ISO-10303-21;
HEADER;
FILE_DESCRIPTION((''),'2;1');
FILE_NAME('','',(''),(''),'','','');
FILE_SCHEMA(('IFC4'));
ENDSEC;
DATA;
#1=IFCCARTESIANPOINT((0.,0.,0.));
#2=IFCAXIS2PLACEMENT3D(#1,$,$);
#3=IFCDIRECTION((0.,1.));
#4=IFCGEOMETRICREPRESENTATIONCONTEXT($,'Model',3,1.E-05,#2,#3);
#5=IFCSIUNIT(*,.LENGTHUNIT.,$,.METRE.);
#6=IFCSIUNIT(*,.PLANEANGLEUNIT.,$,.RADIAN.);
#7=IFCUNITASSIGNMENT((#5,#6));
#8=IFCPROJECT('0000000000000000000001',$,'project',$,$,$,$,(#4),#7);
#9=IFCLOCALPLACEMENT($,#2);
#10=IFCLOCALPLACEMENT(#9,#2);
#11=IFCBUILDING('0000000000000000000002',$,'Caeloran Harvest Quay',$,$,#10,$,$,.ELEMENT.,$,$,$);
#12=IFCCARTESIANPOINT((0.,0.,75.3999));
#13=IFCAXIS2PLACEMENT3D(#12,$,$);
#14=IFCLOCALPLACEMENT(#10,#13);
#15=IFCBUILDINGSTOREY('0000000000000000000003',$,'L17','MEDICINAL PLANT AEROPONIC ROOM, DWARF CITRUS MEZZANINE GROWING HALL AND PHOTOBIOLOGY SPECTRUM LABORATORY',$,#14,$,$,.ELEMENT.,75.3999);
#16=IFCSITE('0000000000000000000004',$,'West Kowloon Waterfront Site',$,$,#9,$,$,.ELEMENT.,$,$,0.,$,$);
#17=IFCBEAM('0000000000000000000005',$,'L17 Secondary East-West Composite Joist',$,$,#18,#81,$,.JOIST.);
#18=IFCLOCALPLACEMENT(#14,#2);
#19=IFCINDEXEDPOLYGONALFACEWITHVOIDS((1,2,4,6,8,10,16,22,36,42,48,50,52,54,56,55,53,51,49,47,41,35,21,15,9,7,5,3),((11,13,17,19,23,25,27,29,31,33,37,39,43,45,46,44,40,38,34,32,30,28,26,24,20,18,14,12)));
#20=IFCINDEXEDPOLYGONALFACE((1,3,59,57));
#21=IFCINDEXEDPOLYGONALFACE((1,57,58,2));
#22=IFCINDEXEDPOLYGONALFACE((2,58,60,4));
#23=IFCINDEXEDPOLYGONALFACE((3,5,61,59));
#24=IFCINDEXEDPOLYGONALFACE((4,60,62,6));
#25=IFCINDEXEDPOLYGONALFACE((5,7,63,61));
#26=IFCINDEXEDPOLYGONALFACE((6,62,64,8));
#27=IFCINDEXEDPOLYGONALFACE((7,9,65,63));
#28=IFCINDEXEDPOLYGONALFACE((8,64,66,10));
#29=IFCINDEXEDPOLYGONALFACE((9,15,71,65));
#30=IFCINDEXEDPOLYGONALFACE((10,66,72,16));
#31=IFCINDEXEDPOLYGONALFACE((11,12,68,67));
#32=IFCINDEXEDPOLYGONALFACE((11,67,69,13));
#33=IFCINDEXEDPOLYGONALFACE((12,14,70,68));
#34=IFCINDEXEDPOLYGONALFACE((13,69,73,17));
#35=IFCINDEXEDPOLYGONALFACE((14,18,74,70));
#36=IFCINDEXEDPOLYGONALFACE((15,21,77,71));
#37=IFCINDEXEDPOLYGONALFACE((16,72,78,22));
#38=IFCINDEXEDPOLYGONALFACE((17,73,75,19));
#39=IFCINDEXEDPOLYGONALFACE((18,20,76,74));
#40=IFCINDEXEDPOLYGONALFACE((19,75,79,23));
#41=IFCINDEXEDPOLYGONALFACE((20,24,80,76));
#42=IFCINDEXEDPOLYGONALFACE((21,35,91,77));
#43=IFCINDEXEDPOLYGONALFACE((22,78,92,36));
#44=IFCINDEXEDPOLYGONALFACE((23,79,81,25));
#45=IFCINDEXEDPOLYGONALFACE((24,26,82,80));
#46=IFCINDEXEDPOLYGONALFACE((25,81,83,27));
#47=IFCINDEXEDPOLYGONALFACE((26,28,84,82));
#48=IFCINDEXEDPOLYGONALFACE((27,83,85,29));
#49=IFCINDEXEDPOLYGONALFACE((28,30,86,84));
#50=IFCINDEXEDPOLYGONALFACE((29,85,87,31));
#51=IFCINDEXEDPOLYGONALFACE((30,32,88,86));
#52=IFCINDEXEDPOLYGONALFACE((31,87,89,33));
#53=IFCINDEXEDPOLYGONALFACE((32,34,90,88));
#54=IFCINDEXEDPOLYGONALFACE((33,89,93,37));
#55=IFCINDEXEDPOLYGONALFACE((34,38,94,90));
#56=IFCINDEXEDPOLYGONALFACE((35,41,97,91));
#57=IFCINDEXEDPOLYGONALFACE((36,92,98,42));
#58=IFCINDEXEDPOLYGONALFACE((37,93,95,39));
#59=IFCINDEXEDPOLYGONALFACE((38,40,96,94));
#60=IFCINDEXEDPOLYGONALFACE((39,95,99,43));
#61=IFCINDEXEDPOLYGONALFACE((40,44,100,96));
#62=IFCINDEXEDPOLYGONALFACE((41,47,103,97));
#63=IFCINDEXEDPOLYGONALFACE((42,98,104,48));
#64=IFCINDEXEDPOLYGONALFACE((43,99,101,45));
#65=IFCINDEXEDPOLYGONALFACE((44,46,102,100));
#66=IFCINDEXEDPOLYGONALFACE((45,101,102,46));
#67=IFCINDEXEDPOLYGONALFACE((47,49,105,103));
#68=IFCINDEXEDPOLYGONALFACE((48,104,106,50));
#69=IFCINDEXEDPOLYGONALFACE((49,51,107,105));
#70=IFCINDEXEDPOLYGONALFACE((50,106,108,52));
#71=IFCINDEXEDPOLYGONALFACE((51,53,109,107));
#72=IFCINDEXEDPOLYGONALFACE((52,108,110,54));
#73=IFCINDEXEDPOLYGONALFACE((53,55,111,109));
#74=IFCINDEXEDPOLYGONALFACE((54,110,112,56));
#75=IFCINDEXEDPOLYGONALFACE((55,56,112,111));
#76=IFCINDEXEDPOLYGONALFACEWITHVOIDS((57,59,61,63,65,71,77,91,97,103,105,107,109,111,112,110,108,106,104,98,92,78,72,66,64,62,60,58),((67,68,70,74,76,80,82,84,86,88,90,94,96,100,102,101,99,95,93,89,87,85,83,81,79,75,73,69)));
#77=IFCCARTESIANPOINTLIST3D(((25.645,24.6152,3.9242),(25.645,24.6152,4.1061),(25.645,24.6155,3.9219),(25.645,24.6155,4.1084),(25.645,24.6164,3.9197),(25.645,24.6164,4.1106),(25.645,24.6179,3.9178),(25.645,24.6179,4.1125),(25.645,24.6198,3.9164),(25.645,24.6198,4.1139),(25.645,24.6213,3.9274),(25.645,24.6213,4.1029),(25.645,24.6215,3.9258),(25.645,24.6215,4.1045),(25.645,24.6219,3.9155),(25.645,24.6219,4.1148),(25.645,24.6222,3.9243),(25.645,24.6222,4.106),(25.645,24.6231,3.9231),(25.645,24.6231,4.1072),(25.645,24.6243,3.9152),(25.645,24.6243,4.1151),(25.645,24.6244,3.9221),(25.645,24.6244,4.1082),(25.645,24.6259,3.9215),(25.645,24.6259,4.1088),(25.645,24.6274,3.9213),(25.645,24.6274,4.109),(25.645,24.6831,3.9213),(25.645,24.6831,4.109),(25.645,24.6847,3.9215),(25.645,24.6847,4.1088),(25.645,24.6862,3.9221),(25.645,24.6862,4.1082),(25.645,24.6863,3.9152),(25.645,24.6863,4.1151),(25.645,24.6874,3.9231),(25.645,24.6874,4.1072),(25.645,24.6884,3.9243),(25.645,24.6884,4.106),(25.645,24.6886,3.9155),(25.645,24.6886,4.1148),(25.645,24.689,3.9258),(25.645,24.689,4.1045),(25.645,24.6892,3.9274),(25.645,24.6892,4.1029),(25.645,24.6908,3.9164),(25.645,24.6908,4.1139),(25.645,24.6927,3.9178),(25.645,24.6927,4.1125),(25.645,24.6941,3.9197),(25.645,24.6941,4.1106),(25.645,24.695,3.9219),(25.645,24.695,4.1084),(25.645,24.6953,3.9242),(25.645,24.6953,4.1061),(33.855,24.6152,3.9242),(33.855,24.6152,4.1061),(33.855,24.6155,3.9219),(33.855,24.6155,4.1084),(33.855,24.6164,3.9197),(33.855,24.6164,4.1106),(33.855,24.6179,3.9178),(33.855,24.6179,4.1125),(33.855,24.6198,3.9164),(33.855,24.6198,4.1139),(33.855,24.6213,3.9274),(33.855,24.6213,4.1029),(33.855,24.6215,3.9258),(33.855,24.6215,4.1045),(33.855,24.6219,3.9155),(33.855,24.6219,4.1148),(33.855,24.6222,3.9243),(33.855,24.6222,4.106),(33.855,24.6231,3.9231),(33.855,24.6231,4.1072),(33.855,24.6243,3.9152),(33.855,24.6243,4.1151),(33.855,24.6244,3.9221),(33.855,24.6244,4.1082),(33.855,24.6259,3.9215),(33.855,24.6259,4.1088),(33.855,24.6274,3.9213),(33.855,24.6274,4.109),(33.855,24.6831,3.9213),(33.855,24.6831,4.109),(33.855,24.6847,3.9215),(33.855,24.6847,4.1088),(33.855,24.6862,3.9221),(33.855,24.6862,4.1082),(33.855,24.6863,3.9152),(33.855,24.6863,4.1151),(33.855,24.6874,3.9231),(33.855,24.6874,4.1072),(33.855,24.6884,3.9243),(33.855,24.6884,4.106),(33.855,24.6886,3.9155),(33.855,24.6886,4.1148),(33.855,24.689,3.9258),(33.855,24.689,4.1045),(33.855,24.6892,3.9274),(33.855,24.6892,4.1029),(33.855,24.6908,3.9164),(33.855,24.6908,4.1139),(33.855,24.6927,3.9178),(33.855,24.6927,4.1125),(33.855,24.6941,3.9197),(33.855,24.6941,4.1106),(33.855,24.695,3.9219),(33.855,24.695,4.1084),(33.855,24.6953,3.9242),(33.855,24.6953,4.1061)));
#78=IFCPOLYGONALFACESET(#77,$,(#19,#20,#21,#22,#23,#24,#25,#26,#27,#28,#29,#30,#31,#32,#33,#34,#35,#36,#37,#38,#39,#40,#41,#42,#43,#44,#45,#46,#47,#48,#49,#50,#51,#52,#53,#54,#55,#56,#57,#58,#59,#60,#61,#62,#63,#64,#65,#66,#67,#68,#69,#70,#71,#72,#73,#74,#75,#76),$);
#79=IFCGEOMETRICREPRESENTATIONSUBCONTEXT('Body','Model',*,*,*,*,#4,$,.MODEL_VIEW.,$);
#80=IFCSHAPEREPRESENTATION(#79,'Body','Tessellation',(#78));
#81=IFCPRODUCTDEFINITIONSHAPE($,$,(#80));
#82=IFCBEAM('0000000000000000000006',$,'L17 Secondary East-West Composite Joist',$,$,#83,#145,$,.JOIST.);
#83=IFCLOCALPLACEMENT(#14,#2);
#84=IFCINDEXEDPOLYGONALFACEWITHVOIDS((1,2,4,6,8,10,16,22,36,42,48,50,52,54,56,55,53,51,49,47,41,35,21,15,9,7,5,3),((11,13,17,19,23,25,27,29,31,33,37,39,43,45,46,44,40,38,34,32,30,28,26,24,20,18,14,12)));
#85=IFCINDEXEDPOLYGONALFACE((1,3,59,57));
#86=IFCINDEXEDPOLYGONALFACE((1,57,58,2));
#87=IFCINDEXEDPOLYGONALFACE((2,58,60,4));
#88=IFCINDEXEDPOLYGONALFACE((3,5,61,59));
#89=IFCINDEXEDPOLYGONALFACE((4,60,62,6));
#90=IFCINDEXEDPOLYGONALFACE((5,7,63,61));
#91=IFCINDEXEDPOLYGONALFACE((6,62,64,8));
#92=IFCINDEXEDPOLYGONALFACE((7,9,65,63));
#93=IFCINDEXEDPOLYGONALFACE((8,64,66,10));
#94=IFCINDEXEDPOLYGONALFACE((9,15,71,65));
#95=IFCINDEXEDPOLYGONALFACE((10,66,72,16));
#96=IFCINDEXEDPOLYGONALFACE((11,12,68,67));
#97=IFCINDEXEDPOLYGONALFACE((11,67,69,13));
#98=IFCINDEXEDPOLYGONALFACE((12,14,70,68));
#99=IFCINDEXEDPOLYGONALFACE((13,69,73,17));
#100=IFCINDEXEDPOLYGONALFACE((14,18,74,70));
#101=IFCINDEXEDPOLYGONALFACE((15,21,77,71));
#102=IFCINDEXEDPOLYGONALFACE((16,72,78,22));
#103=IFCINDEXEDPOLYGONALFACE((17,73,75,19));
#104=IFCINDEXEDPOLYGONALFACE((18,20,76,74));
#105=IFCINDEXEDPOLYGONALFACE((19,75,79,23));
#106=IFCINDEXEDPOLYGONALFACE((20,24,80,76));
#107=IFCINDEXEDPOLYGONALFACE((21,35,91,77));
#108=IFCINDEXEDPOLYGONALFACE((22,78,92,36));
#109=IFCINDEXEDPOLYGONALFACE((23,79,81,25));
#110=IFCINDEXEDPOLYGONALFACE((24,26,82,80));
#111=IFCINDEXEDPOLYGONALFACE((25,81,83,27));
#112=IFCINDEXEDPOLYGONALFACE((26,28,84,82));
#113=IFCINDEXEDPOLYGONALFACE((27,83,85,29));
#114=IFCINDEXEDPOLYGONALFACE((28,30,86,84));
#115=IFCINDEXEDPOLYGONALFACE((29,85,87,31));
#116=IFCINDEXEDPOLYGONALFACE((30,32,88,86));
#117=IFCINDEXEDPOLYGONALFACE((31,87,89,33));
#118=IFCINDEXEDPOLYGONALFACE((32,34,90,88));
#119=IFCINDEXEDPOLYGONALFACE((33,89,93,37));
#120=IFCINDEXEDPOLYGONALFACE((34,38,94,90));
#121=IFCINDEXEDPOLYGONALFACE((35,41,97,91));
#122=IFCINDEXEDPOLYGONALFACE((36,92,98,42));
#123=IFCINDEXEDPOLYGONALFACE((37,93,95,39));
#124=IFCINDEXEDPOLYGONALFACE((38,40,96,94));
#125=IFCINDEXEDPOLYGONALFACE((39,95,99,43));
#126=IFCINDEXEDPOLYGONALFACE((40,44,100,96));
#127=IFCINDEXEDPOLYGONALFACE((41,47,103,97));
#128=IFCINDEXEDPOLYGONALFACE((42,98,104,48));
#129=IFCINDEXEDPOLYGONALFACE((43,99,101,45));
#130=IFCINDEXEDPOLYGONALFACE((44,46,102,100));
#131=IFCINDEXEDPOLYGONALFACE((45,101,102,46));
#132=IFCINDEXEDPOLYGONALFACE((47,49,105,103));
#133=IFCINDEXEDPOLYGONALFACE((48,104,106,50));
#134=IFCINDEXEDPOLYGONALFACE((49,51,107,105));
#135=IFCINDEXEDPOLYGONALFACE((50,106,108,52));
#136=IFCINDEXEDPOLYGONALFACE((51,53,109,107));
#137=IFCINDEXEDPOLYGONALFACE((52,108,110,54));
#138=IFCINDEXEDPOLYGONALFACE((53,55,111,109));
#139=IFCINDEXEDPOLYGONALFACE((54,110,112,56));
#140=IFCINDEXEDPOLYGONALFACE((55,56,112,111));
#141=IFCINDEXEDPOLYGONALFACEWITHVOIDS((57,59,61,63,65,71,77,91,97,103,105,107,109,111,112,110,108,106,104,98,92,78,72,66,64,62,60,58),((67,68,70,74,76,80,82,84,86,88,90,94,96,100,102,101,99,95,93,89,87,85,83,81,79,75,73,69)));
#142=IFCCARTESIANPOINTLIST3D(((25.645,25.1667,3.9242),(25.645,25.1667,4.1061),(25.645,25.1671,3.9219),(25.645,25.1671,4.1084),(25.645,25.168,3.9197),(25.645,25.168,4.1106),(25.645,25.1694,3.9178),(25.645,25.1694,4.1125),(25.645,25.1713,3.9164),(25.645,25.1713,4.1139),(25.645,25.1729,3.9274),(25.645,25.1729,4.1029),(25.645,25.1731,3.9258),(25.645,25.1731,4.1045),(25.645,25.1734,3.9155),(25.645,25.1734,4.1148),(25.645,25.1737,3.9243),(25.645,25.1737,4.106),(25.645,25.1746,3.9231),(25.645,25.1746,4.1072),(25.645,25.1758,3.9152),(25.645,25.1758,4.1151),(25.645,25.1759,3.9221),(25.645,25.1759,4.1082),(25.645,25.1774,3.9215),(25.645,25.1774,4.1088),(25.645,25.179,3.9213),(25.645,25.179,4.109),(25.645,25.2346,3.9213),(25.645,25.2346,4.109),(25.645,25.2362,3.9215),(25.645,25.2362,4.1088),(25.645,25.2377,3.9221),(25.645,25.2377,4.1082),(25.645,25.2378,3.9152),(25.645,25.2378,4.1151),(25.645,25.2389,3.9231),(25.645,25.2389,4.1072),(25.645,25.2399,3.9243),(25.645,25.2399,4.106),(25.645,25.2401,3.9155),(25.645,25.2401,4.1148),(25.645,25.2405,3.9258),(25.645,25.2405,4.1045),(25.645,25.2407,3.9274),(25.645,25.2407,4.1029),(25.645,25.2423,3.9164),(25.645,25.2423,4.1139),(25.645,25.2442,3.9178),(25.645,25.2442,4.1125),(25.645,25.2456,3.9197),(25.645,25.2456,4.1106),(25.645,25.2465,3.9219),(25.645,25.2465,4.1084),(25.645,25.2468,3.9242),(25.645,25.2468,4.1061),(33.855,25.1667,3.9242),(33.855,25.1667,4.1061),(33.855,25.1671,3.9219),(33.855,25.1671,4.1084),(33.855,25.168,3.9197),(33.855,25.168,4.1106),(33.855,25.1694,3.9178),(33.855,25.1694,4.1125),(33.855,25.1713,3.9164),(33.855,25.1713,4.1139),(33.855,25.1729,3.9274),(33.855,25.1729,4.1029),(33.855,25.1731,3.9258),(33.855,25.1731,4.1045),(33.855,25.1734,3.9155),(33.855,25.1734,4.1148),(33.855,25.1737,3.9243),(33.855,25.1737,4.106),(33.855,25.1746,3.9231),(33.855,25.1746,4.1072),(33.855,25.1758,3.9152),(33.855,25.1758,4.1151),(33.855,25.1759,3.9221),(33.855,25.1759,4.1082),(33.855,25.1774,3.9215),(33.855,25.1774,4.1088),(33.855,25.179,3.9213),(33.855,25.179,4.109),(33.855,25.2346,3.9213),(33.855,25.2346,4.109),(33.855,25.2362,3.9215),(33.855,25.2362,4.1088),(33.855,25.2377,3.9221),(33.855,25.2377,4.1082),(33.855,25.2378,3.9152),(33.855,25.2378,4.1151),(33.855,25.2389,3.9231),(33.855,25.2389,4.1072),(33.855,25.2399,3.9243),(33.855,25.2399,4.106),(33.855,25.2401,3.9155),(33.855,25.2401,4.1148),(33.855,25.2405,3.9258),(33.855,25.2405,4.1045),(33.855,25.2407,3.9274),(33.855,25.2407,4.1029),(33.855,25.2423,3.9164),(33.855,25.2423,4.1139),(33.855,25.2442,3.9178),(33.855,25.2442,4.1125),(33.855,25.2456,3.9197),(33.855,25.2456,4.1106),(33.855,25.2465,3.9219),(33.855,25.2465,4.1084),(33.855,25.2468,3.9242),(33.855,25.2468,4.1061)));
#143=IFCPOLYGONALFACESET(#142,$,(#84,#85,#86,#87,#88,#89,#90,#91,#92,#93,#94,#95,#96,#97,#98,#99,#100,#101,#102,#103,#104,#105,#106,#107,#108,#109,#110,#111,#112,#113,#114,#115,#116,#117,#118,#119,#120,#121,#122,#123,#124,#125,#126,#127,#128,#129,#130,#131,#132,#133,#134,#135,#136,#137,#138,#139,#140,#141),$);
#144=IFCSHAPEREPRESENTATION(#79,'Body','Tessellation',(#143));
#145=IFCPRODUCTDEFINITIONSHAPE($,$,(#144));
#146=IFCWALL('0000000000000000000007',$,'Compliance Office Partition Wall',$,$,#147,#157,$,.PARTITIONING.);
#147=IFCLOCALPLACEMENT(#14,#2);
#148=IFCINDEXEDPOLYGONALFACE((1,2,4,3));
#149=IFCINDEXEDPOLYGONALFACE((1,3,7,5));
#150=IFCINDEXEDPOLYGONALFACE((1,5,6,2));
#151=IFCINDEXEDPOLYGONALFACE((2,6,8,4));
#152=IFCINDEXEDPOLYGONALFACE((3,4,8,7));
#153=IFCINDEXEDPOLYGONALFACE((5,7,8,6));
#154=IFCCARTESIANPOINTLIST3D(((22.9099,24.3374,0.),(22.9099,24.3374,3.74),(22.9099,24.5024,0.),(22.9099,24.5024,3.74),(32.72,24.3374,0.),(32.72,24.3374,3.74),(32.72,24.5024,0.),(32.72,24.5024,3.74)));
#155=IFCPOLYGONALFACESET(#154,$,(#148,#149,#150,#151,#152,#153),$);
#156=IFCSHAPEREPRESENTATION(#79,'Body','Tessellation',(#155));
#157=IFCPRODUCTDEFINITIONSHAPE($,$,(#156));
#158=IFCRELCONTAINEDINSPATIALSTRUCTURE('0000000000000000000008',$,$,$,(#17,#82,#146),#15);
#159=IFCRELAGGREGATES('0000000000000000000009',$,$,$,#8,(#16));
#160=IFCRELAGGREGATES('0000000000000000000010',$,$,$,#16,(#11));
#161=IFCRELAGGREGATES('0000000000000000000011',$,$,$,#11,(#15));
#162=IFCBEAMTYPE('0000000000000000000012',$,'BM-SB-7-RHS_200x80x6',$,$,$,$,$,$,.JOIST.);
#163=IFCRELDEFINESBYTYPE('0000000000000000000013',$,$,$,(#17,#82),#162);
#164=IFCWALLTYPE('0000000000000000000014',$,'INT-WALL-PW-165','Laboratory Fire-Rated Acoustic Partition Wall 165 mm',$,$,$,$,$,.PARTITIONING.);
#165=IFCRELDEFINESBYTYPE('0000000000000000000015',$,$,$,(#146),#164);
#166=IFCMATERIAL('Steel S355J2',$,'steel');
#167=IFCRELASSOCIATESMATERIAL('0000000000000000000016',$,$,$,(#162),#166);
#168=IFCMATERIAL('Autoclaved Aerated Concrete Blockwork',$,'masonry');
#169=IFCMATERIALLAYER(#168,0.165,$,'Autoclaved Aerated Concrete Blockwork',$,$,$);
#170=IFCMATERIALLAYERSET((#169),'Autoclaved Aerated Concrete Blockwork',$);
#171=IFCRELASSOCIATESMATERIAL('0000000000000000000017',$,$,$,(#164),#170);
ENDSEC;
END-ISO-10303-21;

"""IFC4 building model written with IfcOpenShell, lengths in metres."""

from ifc_helpers import new_model, si_unit, direction, frame, frame_2d, origin, origin_2d, place, context, subcontext, project, spatial, rectangle, hollow_rectangle, extrude, material, layer, layer_set, material_profile, profile_set, type_object, element, save


model = new_model("IFC4")

# Units and contexts
model_context = context("Model", 3, precision=1e-05, world=origin(), true_north=direction((0.0, 1.0)))
body_context = subcontext(model_context, "Body", "Model", "MODEL_VIEW")
ifc_project = project(units=[si_unit("LENGTHUNIT", "METRE"), si_unit("PLANEANGLEUNIT", "RADIAN")], contexts=[model_context])

# Site, building, storey
site_placement = place(None, origin())
site = spatial("IfcSite", under=ifc_project, at=site_placement, Name="West Kowloon Waterfront Site", CompositionType="ELEMENT", RefElevation=0.0)
building_placement = place(site_placement, origin())
building = spatial("IfcBuilding", under=site, at=building_placement, Name="Caeloran Harvest Quay", CompositionType="ELEMENT")
storey_placement = place(building_placement, frame((0.0, 0.0, 75.3999)))
storey = spatial("IfcBuildingStorey", under=building, at=storey_placement, Name="L17", Description="MEDICINAL PLANT AEROPONIC ROOM, DWARF CITRUS MEZZANINE GROWING HALL AND PHOTOBIOLOGY SPECTRUM LABORATORY", CompositionType="ELEMENT", Elevation=75.3999)

# Beams
ifc_material_1 = material(Name="Steel S355J2", Category="steel")
ifc_material_profile_1 = material_profile(ifc_material_1, hollow_rectangle(XDim=0.0801, YDim=0.2, WallThickness=0.0061, InnerFilletRadius=0.0061, OuterFilletRadius=0.009, at=origin_2d()), Name="RHS 200x80x6")
ifc_profile_set_1 = profile_set([ifc_material_profile_1], Name="Steel S355J2")
beam_type_1 = type_object("IfcBeamType", Name="BM-SB-7-RHS_200x80x6", PredefinedType="JOIST", material=ifc_profile_set_1)
for number, where, z_axis, x_axis, name in (
    (1, (25.645, 24.6553, 4.0151), (1.0, 0.0, 0.0), (0.0, 1.0, 0.0), "L17 Secondary East-West Composite Joist"),
    (2, (25.645, 25.2068, 4.0151), (1.0, 0.0, 0.0), (0.0, 1.0, 0.0), "L17 Secondary East-West Composite Joist"),
):
    element("IfcBeam", number, at=place(storey_placement, frame(where, z_axis=z_axis, x_axis=x_axis)), inside=storey, type_object=beam_type_1, Name=name, PredefinedType="JOIST", context=body_context, shape_type="SweptSolid", body=[
        extrude(hollow_rectangle(XDim=0.0801, YDim=0.2, WallThickness=0.0061, InnerFilletRadius=0.0061, OuterFilletRadius=0.009, at=origin_2d()), origin(), (0.0, 0.0, 1.0), 8.21),
    ])

# Wall
ifc_material_2 = material(Name="Autoclaved Aerated Concrete Blockwork", Category="masonry")
ifc_layer = layer(ifc_material_2, 0.165, Name="Autoclaved Aerated Concrete Blockwork")
ifc_layer_set = layer_set([ifc_layer], Name="Autoclaved Aerated Concrete Blockwork")
wall_type = type_object("IfcWallType", Name="INT-WALL-PW-165", Description="Laboratory Fire-Rated Acoustic Partition Wall 165 mm", PredefinedType="PARTITIONING", material=ifc_layer_set)
wall_placement = place(storey_placement, frame((22.9099, 24.4199, 0.0), z_axis=(0.0, 0.0, 1.0), x_axis=(1.0, 0.0, 0.0)))
element("IfcWall", 3, at=wall_placement, inside=storey, type_object=wall_type, Name="Compliance Office Partition Wall", PredefinedType="PARTITIONING", context=body_context, shape_type="SweptSolid", body=[
    extrude(rectangle(XDim=9.8101, YDim=0.165, at=frame_2d((4.905, 0.0))), origin(), (0.0, 0.0, 1.0), 3.74),
])

save(model, "model.ifc")
